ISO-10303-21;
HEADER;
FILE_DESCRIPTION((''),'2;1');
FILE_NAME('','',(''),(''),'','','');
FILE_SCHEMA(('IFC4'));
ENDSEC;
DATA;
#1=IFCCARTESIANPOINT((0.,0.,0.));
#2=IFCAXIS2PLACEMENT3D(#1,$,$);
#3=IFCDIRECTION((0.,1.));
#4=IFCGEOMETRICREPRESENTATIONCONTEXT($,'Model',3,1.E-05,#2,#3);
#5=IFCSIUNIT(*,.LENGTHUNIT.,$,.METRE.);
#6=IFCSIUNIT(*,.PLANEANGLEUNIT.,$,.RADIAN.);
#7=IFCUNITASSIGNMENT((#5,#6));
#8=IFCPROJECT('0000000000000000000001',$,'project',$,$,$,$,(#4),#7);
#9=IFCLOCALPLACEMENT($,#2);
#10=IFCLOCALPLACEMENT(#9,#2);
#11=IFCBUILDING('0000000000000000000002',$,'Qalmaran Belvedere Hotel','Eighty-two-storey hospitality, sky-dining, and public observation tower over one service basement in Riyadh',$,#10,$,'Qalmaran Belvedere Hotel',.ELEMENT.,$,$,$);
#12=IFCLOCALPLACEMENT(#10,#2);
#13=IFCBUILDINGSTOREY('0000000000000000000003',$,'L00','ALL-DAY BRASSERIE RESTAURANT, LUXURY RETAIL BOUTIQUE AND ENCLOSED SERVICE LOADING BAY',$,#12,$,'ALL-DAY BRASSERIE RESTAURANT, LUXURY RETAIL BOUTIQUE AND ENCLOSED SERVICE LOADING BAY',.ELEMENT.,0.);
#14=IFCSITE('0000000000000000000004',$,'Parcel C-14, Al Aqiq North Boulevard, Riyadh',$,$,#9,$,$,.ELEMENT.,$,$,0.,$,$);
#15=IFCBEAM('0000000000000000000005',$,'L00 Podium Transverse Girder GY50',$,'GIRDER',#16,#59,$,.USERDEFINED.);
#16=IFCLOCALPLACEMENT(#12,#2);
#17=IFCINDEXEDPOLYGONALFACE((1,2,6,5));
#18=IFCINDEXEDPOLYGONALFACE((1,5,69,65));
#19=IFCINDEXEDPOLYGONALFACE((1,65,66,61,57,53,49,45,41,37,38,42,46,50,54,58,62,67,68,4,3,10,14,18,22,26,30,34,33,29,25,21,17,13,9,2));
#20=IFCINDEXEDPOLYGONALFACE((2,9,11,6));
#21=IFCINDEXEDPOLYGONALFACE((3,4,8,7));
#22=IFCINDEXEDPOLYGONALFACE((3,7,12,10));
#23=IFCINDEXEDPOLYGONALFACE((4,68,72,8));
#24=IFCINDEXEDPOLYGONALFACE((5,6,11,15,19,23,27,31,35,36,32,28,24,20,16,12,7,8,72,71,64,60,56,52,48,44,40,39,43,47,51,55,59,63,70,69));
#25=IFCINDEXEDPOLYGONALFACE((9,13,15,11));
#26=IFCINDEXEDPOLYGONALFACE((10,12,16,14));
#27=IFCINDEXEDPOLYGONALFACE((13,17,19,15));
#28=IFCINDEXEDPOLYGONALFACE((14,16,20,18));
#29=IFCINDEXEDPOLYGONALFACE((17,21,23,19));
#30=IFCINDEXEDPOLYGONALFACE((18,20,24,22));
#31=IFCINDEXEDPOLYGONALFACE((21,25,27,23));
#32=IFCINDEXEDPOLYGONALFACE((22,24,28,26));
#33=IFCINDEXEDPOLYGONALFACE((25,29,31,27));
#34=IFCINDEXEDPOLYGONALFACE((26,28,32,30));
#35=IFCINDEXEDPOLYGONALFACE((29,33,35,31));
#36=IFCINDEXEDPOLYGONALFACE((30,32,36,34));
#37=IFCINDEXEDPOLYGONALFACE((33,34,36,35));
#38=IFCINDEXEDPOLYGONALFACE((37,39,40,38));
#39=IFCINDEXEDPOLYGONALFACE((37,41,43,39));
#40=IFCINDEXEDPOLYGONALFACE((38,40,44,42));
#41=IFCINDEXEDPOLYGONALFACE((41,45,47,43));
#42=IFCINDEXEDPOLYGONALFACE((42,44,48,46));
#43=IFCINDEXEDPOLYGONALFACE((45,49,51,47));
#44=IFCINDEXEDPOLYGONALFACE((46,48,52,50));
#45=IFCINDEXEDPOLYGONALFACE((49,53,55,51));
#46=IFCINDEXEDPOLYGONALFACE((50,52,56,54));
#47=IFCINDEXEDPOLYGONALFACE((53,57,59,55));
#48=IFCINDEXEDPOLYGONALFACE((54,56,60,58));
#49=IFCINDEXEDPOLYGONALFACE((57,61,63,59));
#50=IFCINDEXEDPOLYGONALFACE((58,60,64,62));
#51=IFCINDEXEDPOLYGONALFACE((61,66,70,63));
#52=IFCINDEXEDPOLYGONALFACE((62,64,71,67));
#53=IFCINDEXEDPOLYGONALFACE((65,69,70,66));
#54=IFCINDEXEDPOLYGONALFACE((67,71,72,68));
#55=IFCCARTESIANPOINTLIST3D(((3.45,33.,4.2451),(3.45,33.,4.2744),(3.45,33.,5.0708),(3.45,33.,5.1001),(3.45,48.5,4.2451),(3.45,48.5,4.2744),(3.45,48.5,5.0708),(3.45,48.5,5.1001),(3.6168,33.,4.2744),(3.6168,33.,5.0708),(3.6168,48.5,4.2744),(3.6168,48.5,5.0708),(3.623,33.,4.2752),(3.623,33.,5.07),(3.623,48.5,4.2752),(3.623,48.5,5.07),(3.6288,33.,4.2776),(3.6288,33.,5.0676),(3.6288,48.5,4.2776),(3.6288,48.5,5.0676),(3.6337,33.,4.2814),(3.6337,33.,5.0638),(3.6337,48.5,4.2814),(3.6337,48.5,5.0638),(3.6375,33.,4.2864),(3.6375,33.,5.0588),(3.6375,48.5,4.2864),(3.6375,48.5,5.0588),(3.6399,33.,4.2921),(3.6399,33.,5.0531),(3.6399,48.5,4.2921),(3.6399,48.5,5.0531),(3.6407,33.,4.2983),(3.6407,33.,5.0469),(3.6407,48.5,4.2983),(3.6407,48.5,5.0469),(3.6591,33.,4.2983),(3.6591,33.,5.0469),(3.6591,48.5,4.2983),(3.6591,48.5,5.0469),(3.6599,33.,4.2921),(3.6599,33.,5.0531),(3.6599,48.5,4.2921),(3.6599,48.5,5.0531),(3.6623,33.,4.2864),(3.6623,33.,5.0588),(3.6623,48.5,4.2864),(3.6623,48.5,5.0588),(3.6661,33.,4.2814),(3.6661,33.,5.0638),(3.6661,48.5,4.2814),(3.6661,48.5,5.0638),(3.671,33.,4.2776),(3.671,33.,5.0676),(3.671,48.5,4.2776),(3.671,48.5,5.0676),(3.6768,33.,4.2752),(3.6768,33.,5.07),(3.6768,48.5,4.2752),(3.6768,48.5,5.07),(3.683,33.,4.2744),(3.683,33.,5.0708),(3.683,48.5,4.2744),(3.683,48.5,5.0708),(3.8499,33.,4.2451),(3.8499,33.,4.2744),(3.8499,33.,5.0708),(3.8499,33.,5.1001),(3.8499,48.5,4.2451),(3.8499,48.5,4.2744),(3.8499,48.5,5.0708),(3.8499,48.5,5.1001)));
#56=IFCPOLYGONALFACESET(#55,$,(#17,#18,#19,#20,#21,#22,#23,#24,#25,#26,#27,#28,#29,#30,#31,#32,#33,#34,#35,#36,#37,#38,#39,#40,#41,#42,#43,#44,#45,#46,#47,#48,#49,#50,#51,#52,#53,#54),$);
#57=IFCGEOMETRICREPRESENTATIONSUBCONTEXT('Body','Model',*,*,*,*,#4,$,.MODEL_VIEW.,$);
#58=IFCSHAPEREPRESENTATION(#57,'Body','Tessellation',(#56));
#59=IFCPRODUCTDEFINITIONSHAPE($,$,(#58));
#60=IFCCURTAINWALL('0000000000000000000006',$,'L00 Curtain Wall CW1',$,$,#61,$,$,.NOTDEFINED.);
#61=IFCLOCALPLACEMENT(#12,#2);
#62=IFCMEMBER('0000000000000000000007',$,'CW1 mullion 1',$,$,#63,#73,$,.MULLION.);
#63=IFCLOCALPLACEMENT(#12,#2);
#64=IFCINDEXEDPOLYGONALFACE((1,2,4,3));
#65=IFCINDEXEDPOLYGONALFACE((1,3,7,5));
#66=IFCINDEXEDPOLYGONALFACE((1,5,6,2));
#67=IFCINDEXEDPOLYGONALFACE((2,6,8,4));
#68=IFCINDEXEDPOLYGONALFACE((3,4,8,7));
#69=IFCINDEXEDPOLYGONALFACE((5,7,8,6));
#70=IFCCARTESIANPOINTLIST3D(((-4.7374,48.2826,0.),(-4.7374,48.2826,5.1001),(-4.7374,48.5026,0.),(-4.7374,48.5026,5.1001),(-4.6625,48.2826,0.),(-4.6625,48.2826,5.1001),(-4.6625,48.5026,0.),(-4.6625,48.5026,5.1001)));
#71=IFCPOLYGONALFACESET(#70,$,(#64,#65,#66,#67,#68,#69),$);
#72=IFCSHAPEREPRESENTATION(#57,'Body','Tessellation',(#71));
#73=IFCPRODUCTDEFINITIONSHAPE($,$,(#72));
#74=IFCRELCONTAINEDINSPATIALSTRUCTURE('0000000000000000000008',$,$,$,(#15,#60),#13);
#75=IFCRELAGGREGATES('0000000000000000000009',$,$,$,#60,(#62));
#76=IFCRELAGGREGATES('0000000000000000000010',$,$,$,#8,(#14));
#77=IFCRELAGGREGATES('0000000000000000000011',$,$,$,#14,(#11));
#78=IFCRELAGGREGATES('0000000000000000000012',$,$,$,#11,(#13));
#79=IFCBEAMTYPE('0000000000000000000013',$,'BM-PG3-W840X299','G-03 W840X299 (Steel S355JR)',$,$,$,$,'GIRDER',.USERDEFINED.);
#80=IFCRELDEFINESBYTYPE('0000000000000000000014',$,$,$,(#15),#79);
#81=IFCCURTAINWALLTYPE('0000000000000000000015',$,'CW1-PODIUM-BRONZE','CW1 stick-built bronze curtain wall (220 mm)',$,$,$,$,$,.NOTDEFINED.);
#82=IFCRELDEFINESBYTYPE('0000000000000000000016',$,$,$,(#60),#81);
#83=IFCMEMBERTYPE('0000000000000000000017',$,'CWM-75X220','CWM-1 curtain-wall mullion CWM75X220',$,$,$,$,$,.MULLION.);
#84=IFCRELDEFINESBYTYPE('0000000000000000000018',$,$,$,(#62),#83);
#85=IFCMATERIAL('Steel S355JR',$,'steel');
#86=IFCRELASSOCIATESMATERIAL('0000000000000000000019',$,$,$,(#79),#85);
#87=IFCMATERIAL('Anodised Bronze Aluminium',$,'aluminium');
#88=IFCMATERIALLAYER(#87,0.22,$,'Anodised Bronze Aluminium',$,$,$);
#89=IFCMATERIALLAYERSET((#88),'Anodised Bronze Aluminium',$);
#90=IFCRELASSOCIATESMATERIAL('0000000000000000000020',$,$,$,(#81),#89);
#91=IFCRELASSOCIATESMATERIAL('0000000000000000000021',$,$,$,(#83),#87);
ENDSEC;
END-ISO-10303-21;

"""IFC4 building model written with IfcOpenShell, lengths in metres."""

from ifc_helpers import new_model, si_unit, direction, frame, origin, origin_2d, place, context, subcontext, project, spatial, rectangle, i_section, extrude, material, layer, layer_set, material_profile, profile_set, type_object, element, aggregate, save


model = new_model("IFC4")

# Units and contexts
model_context = context("Model", 3, precision=1e-05, world=origin(), true_north=direction((0.0, 1.0)))
body_context = subcontext(model_context, "Body", "Model", "MODEL_VIEW")
ifc_project = project(units=[si_unit("LENGTHUNIT", "METRE"), si_unit("PLANEANGLEUNIT", "RADIAN")], contexts=[model_context])

# Site, building, storey
site_placement = place(None, origin())
site = spatial("IfcSite", under=ifc_project, at=site_placement, Name="Parcel C-14, Al Aqiq North Boulevard, Riyadh", CompositionType="ELEMENT", RefElevation=0.0)
building_placement = place(site_placement, origin())
building = spatial("IfcBuilding", under=site, at=building_placement, Name="Qalmaran Belvedere Hotel", Description="Eighty-two-storey hospitality, sky-dining, and public observation tower over one service basement in Riyadh", LongName="Qalmaran Belvedere Hotel", CompositionType="ELEMENT")
storey_placement = place(building_placement, origin())
storey = spatial("IfcBuildingStorey", under=building, at=storey_placement, Name="L00", Description="ALL-DAY BRASSERIE RESTAURANT, LUXURY RETAIL BOUTIQUE AND ENCLOSED SERVICE LOADING BAY", LongName="ALL-DAY BRASSERIE RESTAURANT, LUXURY RETAIL BOUTIQUE AND ENCLOSED SERVICE LOADING BAY", CompositionType="ELEMENT", Elevation=0.0)

# Beam
ifc_material_1 = material(Name="Steel S355JR", Category="steel")
ifc_material_profile_1 = material_profile(ifc_material_1, i_section(OverallWidth=0.3999, OverallDepth=0.855, WebThickness=0.0183, FlangeThickness=0.0293, FilletRadius=0.0239, at=origin_2d()), Name="W840X299")
ifc_profile_set_1 = profile_set([ifc_material_profile_1], Name="Steel S355JR")
beam_type_1 = type_object("IfcBeamType", Name="BM-PG3-W840X299", Description="G-03 W840X299 (Steel S355JR)", ElementType="GIRDER", PredefinedType="USERDEFINED", material=ifc_profile_set_1)
for number, where, z_axis, x_axis, name in (
    (1, (3.6499, 33.0, 4.6726), (0.0, 1.0, 0.0), (-1.0, 0.0, 0.0), "L00 Podium Transverse Girder GY50"),
):
    element("IfcBeam", number, at=place(storey_placement, frame(where, z_axis=z_axis, x_axis=x_axis)), inside=storey, type_object=beam_type_1, Name=name, ObjectType="GIRDER", PredefinedType="USERDEFINED", context=body_context, shape_type="SweptSolid", body=[
        extrude(i_section(OverallWidth=0.3999, OverallDepth=0.855, WebThickness=0.0183, FlangeThickness=0.0293, FilletRadius=0.0239, at=origin_2d()), origin(), (0.0, 0.0, 1.0), 15.5),
    ])

# Curtain wall, member
ifc_material_2 = material(Name="Anodised Bronze Aluminium", Category="aluminium")
ifc_layer_1 = layer(ifc_material_2, 0.22, Name="Anodised Bronze Aluminium")
ifc_layer_set_1 = layer_set([ifc_layer_1], Name="Anodised Bronze Aluminium")
curtain_wall_type = type_object("IfcCurtainWallType", Name="CW1-PODIUM-BRONZE", Description="CW1 stick-built bronze curtain wall (220 mm)", PredefinedType="NOTDEFINED", material=ifc_layer_set_1)
curtain_wall_placement = place(storey_placement, origin())
curtain_wall = element("IfcCurtainWall", 2, at=curtain_wall_placement, inside=storey, type_object=curtain_wall_type, Name="L00 Curtain Wall CW1", PredefinedType="NOTDEFINED")
ifc_material_profile_2 = material_profile(ifc_material_2, rectangle(XDim=0.075, YDim=0.22, at=origin_2d()), Name="CWM75X220")
ifc_profile_set_2 = profile_set([ifc_material_profile_2], Name="Anodised Bronze Aluminium")
member_type = type_object("IfcMemberType", Name="CWM-75X220", Description="CWM-1 curtain-wall mullion CWM75X220", PredefinedType="MULLION", material=ifc_profile_set_2)
member_placement = place(storey_placement, frame((-4.7, 48.3926, 0.0), z_axis=(0.0, 0.0, 1.0), x_axis=(1.0, 0.0, 0.0)))
member = element("IfcMember", 3, at=member_placement, type_object=member_type, Name="CW1 mullion 1", PredefinedType="MULLION", context=body_context, shape_type="SweptSolid", body=[
    extrude(rectangle(XDim=0.075, YDim=0.22, at=origin_2d()), origin(), (0.0, 0.0, 1.0), 5.1001),
])
aggregate(curtain_wall, [member])

save(model, "model.ifc")
